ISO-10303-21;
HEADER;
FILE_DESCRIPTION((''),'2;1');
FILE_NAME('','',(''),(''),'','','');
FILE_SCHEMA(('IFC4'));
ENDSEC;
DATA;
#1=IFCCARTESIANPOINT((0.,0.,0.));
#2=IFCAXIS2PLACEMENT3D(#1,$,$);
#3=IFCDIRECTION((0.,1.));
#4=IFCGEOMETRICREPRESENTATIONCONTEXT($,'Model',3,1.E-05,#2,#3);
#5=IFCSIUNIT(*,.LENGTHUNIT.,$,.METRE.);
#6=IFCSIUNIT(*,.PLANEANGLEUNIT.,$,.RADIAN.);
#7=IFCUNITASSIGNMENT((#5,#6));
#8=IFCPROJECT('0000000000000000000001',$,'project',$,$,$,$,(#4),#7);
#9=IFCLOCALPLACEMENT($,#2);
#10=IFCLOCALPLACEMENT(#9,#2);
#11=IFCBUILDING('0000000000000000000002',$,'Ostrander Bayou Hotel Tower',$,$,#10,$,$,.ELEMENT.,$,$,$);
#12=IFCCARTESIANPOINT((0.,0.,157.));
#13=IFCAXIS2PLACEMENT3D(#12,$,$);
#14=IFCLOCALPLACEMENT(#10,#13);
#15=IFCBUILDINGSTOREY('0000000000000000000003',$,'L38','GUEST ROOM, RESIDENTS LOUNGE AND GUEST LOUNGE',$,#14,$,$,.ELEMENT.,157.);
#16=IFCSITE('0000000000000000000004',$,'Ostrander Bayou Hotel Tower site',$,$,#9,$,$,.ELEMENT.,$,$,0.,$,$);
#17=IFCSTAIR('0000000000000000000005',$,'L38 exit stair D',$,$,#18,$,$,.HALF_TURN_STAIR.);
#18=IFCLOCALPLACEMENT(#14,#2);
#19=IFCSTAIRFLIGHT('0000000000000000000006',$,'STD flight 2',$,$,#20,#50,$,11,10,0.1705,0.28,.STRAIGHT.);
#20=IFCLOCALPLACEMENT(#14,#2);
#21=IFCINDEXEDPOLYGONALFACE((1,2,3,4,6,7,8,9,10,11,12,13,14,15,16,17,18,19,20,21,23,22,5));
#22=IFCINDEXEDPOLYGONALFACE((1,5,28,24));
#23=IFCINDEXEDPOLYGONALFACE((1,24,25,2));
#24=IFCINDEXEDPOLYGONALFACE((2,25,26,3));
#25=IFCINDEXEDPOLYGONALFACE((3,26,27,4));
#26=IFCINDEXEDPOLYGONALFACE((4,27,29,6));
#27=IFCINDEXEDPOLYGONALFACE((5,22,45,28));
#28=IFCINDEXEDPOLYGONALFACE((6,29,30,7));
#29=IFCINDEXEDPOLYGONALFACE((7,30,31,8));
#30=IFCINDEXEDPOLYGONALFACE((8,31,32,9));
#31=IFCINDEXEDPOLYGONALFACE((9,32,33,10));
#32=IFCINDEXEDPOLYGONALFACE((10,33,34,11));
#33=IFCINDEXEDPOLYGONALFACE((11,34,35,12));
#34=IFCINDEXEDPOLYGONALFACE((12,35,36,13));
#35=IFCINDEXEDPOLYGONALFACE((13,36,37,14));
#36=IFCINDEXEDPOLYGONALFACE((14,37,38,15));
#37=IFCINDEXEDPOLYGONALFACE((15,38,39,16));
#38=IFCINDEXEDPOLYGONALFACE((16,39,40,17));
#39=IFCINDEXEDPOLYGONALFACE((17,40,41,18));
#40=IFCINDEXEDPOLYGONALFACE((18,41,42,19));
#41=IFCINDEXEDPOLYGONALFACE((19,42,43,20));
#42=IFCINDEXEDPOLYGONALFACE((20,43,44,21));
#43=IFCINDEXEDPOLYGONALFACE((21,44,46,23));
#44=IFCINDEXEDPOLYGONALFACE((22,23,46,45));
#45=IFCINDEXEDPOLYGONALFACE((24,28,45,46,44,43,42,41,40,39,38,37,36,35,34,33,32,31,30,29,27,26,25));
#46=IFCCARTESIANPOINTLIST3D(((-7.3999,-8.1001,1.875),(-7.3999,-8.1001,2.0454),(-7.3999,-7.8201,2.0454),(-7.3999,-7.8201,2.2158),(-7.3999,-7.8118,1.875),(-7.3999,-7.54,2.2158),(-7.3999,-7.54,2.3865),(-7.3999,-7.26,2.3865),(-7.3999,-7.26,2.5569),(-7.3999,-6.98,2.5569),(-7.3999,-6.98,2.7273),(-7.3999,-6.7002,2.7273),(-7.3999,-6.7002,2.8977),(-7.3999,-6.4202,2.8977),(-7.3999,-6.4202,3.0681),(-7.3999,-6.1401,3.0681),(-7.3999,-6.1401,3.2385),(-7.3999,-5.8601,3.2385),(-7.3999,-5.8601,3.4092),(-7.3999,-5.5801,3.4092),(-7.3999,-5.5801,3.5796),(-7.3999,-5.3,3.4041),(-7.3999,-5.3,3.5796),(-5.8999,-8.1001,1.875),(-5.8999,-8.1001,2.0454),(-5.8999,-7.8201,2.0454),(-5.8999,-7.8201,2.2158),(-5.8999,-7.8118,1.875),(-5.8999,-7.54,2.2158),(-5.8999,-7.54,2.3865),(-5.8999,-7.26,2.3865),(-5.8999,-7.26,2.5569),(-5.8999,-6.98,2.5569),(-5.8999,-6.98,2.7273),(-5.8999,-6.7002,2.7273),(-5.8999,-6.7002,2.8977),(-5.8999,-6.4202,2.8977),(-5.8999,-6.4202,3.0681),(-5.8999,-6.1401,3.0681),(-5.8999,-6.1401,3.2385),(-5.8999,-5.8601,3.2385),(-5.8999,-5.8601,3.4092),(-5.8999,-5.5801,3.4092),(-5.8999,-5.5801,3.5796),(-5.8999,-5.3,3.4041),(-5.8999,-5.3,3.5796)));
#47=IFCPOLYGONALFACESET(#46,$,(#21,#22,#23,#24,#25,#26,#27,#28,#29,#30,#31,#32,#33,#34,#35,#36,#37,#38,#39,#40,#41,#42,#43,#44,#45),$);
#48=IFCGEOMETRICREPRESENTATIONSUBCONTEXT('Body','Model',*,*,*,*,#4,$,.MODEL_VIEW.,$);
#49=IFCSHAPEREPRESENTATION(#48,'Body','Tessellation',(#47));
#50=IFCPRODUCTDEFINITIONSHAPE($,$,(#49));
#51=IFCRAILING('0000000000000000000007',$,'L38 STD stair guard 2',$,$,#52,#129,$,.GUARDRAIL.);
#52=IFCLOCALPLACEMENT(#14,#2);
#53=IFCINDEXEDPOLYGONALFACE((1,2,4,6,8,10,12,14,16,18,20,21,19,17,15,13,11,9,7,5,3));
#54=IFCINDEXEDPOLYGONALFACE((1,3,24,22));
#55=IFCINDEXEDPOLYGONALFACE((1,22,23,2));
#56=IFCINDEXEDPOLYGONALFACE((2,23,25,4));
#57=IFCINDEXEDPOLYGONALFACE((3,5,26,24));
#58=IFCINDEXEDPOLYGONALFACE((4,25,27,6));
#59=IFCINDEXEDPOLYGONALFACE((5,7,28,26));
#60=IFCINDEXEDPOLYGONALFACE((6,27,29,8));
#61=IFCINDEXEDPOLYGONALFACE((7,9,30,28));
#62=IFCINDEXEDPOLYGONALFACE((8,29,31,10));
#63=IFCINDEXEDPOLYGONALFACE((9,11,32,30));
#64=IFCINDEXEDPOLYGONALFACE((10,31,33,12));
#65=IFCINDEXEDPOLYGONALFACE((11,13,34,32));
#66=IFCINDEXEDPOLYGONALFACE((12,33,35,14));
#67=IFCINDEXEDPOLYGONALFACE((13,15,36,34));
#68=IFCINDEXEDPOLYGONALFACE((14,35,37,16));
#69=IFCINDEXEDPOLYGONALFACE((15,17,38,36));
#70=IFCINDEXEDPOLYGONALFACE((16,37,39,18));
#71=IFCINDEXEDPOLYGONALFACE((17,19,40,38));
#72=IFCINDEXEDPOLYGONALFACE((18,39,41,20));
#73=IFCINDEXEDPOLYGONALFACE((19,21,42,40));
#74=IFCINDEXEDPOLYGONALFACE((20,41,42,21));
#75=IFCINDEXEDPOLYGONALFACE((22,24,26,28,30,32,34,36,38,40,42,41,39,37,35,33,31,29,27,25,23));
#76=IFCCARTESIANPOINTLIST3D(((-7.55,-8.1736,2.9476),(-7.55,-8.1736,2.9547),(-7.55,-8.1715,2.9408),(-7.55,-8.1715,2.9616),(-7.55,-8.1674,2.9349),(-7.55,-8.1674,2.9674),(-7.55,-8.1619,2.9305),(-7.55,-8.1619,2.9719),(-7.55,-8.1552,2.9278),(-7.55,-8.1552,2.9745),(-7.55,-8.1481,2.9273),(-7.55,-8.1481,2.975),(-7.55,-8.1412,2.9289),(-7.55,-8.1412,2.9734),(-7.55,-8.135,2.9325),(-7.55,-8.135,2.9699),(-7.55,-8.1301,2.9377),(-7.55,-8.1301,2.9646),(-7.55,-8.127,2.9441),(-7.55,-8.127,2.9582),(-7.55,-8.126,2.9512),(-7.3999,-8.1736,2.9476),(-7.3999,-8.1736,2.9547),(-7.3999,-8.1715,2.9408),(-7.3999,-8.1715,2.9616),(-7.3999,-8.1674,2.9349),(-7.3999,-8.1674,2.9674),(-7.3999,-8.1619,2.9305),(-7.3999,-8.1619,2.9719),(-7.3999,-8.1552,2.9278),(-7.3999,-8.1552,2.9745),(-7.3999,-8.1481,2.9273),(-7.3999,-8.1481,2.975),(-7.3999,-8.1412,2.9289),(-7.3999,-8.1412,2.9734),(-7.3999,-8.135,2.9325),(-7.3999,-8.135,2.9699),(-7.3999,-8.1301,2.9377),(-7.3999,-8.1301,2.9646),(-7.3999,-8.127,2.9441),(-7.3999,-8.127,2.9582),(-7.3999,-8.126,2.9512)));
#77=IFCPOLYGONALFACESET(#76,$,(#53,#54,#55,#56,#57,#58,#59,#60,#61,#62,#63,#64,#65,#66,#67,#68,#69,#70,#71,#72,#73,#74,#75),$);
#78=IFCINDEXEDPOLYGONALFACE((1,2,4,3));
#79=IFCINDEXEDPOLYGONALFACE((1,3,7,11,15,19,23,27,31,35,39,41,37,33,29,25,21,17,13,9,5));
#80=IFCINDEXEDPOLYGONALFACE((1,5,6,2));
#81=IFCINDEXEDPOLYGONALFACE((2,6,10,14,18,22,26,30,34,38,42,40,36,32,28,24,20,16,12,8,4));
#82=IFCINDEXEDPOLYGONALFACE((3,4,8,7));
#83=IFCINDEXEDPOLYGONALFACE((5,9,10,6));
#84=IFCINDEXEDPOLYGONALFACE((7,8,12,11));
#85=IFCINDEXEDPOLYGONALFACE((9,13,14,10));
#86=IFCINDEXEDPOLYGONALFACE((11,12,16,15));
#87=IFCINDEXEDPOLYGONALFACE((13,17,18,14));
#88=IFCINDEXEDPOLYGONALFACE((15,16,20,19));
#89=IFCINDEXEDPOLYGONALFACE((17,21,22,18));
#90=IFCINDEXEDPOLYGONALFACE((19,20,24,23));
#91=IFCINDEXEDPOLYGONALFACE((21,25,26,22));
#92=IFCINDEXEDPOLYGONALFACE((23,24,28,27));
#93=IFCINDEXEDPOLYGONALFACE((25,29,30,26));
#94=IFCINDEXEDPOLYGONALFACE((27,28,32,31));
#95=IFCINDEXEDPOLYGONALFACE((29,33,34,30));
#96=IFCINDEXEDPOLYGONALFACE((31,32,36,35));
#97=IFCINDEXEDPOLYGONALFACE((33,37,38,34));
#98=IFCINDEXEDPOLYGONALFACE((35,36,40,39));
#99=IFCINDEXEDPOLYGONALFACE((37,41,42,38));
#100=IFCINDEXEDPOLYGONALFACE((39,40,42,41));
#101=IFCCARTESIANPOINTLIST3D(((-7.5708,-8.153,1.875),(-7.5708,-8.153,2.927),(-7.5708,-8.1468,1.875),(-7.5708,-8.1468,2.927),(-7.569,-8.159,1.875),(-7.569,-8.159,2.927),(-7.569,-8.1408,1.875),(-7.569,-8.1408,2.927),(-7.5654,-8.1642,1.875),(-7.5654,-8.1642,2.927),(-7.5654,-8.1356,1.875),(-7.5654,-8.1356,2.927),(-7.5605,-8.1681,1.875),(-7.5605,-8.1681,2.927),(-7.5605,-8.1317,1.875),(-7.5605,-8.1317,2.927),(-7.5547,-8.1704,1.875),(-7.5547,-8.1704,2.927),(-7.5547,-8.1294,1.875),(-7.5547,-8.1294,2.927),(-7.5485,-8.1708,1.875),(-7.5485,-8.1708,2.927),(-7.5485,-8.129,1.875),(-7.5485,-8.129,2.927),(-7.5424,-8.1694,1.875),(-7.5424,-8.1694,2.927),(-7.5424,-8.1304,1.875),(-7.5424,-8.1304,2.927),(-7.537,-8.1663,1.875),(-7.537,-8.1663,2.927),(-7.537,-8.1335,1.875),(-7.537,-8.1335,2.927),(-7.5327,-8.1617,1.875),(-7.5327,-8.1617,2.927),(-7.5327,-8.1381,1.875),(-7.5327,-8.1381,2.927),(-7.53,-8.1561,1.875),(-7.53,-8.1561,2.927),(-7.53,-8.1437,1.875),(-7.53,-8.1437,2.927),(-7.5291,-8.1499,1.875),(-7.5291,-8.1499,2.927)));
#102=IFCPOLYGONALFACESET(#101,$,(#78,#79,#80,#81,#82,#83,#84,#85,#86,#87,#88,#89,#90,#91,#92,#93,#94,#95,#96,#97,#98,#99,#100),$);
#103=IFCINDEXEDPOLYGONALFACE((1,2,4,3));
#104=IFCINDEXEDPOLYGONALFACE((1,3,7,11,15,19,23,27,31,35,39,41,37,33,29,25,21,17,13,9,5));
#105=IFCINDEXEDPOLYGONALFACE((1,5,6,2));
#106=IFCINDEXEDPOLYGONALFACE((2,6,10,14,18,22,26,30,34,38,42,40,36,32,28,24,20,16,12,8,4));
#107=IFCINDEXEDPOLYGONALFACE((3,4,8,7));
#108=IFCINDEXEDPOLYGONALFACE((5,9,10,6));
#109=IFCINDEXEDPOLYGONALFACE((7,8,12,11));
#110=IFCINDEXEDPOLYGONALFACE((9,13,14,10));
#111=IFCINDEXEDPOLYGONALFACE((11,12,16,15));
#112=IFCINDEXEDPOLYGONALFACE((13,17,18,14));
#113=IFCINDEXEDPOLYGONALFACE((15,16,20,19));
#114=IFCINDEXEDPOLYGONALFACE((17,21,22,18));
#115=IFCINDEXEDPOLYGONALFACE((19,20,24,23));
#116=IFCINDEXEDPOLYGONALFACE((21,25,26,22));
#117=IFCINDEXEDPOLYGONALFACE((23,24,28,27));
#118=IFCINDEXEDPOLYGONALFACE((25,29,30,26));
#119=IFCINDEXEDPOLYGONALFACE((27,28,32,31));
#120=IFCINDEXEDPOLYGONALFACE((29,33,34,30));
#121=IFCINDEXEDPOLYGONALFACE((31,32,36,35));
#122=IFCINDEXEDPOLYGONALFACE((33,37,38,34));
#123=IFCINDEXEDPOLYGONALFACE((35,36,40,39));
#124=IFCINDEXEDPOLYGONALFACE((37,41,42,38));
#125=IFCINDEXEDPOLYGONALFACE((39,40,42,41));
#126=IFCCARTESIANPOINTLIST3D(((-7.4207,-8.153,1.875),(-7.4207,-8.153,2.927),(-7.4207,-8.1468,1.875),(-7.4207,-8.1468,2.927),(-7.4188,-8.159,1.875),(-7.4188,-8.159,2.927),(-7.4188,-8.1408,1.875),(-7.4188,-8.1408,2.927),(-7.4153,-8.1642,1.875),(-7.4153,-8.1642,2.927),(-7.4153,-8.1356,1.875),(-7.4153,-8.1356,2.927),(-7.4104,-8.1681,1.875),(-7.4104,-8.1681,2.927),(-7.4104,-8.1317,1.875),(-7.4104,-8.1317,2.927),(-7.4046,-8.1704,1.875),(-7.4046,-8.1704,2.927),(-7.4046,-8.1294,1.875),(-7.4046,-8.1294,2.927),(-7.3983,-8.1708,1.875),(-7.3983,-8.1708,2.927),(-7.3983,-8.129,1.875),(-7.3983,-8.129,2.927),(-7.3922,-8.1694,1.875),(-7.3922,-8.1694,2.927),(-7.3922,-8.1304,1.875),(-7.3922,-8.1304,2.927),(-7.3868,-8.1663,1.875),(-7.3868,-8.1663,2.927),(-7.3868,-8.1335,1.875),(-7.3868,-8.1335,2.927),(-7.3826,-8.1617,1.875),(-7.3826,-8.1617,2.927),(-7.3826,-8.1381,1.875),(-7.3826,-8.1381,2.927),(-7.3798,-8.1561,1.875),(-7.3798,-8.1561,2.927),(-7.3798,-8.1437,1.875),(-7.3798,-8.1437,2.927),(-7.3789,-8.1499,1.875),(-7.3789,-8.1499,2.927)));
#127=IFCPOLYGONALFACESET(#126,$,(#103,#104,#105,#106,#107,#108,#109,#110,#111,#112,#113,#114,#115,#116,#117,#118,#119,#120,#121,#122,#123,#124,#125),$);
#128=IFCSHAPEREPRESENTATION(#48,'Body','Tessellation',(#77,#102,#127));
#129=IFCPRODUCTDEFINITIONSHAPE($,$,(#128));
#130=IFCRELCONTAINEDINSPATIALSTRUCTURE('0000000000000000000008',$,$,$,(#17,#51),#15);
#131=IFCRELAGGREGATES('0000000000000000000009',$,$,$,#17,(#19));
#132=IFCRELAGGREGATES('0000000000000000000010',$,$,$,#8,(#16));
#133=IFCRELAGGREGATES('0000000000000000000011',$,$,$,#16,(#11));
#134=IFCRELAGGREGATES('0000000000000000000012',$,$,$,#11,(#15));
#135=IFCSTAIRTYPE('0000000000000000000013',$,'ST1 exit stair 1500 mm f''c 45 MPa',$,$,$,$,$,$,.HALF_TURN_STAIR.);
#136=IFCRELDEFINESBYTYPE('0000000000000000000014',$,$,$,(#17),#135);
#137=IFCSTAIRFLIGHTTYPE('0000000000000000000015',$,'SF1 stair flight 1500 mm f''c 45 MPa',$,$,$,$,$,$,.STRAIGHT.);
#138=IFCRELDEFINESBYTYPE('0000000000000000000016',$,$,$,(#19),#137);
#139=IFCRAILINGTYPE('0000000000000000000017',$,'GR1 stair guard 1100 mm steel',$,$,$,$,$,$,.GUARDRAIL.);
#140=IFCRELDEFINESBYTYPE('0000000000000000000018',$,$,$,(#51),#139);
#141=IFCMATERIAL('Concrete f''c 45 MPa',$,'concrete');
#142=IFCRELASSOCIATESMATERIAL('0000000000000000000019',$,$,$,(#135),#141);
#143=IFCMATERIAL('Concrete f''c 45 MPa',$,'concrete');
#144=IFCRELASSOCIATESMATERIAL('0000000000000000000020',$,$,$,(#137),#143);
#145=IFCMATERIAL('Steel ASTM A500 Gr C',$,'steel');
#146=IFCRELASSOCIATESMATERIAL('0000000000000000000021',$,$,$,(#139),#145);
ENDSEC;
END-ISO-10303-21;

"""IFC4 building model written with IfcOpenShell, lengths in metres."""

from ifc_helpers import new_model, si_unit, direction, frame, origin, origin_2d, place, context, subcontext, project, spatial, polyline, circle, outline, extrude, material, type_object, element, aggregate, save


model = new_model("IFC4")

# Units and contexts
model_context = context("Model", 3, precision=1e-05, world=origin(), true_north=direction((0.0, 1.0)))
body_context = subcontext(model_context, "Body", "Model", "MODEL_VIEW")
ifc_project = project(units=[si_unit("LENGTHUNIT", "METRE"), si_unit("PLANEANGLEUNIT", "RADIAN")], contexts=[model_context])

# Site, building, storey
site_placement = place(None, origin())
site = spatial("IfcSite", under=ifc_project, at=site_placement, Name="Ostrander Bayou Hotel Tower site", CompositionType="ELEMENT", RefElevation=0.0)
building_placement = place(site_placement, origin())
building = spatial("IfcBuilding", under=site, at=building_placement, Name="Ostrander Bayou Hotel Tower", CompositionType="ELEMENT")
storey_placement = place(building_placement, frame((0.0, 0.0, 157.0)))
storey = spatial("IfcBuildingStorey", under=building, at=storey_placement, Name="L38", Description="GUEST ROOM, RESIDENTS LOUNGE AND GUEST LOUNGE", CompositionType="ELEMENT", Elevation=157.0)

# Stair, stair flight
ifc_material_1 = material(Name="Concrete f'c 45 MPa", Category="concrete")
stair_type = type_object("IfcStairType", Name="ST1 exit stair 1500 mm f'c 45 MPa", PredefinedType="HALF_TURN_STAIR", material=ifc_material_1)
stair_placement = place(storey_placement, origin())
stair = element("IfcStair", 1, at=stair_placement, inside=storey, type_object=stair_type, Name="L38 exit stair D", PredefinedType="HALF_TURN_STAIR")
ifc_material_2 = material(Name="Concrete f'c 45 MPa", Category="concrete")
stair_flight_type = type_object("IfcStairFlightType", Name="SF1 stair flight 1500 mm f'c 45 MPa", PredefinedType="STRAIGHT", material=ifc_material_2)
stair_flight_placement = place(storey_placement, frame((-6.6499, -8.1001, 1.875), z_axis=(0.0, 0.0, 1.0), x_axis=(0.0, 1.0, 0.0)))
stair_flight = element("IfcStairFlight", 2, at=stair_flight_placement, type_object=stair_flight_type, Name="STD flight 2", NumberOfRisers=11, NumberOfTreads=10, PredefinedType="STRAIGHT", RiserHeight=0.1705, TreadLength=0.28, context=body_context, shape_type="SweptSolid", body=[
    extrude(outline(polyline([(0.0, 0.0), (0.0, 0.1704), (0.28, 0.1704), (0.28, 0.3408), (0.5601, 0.3408), (0.5601, 0.5115), (0.8401, 0.5115), (0.8401, 0.6819), (1.1201, 0.6819), (1.1201, 0.8523), (1.3999, 0.8523), (1.3999, 1.0227), (1.6799, 1.0227), (1.6799, 1.1931), (1.96, 1.1931), (1.96, 1.3635), (2.24, 1.3635), (2.24, 1.5342), (2.52, 1.5342), (2.52, 1.7046), (2.8, 1.7046), (2.8, 1.875), (2.8, 1.5291), (0.2883, 0.0), (0.0, 0.0)])), frame((0.0, 0.75, 0.0), z_axis=(0.0, -1.0, 0.0), x_axis=(1.0, 0.0, 0.0)), (0.0, 0.0, 1.0), 1.5),
])
aggregate(stair, [stair_flight])

# Railing
ifc_material_3 = material(Name="Steel ASTM A500 Gr C", Category="steel")
railing_type_1 = type_object("IfcRailingType", Name="GR1 stair guard 1100 mm steel", PredefinedType="GUARDRAIL", material=ifc_material_3)
railing_1_placement = place(storey_placement, frame((-7.55, -8.1499, 1.875)))
element("IfcRailing", 3, at=railing_1_placement, inside=storey, type_object=railing_type_1, Name="L38 STD stair guard 2", PredefinedType="GUARDRAIL", context=body_context, shape_type="SweptSolid", body=[
    extrude(circle(Radius=0.0239, at=origin_2d()), frame((0.0, 0.0, 1.0762), z_axis=(1.0, 0.0, 0.0), x_axis=(0.0, 1.0, 0.0)), (0.0, 0.0, 1.0), 0.1501),
    extrude(circle(Radius=0.021, at=origin_2d()), origin(), (0.0, 0.0, 1.0), 1.052),
    extrude(circle(Radius=0.021, at=origin_2d()), frame((0.1501, 0.0, 0.0)), (0.0, 0.0, 1.0), 1.052),
])

save(model, "model.ifc")
